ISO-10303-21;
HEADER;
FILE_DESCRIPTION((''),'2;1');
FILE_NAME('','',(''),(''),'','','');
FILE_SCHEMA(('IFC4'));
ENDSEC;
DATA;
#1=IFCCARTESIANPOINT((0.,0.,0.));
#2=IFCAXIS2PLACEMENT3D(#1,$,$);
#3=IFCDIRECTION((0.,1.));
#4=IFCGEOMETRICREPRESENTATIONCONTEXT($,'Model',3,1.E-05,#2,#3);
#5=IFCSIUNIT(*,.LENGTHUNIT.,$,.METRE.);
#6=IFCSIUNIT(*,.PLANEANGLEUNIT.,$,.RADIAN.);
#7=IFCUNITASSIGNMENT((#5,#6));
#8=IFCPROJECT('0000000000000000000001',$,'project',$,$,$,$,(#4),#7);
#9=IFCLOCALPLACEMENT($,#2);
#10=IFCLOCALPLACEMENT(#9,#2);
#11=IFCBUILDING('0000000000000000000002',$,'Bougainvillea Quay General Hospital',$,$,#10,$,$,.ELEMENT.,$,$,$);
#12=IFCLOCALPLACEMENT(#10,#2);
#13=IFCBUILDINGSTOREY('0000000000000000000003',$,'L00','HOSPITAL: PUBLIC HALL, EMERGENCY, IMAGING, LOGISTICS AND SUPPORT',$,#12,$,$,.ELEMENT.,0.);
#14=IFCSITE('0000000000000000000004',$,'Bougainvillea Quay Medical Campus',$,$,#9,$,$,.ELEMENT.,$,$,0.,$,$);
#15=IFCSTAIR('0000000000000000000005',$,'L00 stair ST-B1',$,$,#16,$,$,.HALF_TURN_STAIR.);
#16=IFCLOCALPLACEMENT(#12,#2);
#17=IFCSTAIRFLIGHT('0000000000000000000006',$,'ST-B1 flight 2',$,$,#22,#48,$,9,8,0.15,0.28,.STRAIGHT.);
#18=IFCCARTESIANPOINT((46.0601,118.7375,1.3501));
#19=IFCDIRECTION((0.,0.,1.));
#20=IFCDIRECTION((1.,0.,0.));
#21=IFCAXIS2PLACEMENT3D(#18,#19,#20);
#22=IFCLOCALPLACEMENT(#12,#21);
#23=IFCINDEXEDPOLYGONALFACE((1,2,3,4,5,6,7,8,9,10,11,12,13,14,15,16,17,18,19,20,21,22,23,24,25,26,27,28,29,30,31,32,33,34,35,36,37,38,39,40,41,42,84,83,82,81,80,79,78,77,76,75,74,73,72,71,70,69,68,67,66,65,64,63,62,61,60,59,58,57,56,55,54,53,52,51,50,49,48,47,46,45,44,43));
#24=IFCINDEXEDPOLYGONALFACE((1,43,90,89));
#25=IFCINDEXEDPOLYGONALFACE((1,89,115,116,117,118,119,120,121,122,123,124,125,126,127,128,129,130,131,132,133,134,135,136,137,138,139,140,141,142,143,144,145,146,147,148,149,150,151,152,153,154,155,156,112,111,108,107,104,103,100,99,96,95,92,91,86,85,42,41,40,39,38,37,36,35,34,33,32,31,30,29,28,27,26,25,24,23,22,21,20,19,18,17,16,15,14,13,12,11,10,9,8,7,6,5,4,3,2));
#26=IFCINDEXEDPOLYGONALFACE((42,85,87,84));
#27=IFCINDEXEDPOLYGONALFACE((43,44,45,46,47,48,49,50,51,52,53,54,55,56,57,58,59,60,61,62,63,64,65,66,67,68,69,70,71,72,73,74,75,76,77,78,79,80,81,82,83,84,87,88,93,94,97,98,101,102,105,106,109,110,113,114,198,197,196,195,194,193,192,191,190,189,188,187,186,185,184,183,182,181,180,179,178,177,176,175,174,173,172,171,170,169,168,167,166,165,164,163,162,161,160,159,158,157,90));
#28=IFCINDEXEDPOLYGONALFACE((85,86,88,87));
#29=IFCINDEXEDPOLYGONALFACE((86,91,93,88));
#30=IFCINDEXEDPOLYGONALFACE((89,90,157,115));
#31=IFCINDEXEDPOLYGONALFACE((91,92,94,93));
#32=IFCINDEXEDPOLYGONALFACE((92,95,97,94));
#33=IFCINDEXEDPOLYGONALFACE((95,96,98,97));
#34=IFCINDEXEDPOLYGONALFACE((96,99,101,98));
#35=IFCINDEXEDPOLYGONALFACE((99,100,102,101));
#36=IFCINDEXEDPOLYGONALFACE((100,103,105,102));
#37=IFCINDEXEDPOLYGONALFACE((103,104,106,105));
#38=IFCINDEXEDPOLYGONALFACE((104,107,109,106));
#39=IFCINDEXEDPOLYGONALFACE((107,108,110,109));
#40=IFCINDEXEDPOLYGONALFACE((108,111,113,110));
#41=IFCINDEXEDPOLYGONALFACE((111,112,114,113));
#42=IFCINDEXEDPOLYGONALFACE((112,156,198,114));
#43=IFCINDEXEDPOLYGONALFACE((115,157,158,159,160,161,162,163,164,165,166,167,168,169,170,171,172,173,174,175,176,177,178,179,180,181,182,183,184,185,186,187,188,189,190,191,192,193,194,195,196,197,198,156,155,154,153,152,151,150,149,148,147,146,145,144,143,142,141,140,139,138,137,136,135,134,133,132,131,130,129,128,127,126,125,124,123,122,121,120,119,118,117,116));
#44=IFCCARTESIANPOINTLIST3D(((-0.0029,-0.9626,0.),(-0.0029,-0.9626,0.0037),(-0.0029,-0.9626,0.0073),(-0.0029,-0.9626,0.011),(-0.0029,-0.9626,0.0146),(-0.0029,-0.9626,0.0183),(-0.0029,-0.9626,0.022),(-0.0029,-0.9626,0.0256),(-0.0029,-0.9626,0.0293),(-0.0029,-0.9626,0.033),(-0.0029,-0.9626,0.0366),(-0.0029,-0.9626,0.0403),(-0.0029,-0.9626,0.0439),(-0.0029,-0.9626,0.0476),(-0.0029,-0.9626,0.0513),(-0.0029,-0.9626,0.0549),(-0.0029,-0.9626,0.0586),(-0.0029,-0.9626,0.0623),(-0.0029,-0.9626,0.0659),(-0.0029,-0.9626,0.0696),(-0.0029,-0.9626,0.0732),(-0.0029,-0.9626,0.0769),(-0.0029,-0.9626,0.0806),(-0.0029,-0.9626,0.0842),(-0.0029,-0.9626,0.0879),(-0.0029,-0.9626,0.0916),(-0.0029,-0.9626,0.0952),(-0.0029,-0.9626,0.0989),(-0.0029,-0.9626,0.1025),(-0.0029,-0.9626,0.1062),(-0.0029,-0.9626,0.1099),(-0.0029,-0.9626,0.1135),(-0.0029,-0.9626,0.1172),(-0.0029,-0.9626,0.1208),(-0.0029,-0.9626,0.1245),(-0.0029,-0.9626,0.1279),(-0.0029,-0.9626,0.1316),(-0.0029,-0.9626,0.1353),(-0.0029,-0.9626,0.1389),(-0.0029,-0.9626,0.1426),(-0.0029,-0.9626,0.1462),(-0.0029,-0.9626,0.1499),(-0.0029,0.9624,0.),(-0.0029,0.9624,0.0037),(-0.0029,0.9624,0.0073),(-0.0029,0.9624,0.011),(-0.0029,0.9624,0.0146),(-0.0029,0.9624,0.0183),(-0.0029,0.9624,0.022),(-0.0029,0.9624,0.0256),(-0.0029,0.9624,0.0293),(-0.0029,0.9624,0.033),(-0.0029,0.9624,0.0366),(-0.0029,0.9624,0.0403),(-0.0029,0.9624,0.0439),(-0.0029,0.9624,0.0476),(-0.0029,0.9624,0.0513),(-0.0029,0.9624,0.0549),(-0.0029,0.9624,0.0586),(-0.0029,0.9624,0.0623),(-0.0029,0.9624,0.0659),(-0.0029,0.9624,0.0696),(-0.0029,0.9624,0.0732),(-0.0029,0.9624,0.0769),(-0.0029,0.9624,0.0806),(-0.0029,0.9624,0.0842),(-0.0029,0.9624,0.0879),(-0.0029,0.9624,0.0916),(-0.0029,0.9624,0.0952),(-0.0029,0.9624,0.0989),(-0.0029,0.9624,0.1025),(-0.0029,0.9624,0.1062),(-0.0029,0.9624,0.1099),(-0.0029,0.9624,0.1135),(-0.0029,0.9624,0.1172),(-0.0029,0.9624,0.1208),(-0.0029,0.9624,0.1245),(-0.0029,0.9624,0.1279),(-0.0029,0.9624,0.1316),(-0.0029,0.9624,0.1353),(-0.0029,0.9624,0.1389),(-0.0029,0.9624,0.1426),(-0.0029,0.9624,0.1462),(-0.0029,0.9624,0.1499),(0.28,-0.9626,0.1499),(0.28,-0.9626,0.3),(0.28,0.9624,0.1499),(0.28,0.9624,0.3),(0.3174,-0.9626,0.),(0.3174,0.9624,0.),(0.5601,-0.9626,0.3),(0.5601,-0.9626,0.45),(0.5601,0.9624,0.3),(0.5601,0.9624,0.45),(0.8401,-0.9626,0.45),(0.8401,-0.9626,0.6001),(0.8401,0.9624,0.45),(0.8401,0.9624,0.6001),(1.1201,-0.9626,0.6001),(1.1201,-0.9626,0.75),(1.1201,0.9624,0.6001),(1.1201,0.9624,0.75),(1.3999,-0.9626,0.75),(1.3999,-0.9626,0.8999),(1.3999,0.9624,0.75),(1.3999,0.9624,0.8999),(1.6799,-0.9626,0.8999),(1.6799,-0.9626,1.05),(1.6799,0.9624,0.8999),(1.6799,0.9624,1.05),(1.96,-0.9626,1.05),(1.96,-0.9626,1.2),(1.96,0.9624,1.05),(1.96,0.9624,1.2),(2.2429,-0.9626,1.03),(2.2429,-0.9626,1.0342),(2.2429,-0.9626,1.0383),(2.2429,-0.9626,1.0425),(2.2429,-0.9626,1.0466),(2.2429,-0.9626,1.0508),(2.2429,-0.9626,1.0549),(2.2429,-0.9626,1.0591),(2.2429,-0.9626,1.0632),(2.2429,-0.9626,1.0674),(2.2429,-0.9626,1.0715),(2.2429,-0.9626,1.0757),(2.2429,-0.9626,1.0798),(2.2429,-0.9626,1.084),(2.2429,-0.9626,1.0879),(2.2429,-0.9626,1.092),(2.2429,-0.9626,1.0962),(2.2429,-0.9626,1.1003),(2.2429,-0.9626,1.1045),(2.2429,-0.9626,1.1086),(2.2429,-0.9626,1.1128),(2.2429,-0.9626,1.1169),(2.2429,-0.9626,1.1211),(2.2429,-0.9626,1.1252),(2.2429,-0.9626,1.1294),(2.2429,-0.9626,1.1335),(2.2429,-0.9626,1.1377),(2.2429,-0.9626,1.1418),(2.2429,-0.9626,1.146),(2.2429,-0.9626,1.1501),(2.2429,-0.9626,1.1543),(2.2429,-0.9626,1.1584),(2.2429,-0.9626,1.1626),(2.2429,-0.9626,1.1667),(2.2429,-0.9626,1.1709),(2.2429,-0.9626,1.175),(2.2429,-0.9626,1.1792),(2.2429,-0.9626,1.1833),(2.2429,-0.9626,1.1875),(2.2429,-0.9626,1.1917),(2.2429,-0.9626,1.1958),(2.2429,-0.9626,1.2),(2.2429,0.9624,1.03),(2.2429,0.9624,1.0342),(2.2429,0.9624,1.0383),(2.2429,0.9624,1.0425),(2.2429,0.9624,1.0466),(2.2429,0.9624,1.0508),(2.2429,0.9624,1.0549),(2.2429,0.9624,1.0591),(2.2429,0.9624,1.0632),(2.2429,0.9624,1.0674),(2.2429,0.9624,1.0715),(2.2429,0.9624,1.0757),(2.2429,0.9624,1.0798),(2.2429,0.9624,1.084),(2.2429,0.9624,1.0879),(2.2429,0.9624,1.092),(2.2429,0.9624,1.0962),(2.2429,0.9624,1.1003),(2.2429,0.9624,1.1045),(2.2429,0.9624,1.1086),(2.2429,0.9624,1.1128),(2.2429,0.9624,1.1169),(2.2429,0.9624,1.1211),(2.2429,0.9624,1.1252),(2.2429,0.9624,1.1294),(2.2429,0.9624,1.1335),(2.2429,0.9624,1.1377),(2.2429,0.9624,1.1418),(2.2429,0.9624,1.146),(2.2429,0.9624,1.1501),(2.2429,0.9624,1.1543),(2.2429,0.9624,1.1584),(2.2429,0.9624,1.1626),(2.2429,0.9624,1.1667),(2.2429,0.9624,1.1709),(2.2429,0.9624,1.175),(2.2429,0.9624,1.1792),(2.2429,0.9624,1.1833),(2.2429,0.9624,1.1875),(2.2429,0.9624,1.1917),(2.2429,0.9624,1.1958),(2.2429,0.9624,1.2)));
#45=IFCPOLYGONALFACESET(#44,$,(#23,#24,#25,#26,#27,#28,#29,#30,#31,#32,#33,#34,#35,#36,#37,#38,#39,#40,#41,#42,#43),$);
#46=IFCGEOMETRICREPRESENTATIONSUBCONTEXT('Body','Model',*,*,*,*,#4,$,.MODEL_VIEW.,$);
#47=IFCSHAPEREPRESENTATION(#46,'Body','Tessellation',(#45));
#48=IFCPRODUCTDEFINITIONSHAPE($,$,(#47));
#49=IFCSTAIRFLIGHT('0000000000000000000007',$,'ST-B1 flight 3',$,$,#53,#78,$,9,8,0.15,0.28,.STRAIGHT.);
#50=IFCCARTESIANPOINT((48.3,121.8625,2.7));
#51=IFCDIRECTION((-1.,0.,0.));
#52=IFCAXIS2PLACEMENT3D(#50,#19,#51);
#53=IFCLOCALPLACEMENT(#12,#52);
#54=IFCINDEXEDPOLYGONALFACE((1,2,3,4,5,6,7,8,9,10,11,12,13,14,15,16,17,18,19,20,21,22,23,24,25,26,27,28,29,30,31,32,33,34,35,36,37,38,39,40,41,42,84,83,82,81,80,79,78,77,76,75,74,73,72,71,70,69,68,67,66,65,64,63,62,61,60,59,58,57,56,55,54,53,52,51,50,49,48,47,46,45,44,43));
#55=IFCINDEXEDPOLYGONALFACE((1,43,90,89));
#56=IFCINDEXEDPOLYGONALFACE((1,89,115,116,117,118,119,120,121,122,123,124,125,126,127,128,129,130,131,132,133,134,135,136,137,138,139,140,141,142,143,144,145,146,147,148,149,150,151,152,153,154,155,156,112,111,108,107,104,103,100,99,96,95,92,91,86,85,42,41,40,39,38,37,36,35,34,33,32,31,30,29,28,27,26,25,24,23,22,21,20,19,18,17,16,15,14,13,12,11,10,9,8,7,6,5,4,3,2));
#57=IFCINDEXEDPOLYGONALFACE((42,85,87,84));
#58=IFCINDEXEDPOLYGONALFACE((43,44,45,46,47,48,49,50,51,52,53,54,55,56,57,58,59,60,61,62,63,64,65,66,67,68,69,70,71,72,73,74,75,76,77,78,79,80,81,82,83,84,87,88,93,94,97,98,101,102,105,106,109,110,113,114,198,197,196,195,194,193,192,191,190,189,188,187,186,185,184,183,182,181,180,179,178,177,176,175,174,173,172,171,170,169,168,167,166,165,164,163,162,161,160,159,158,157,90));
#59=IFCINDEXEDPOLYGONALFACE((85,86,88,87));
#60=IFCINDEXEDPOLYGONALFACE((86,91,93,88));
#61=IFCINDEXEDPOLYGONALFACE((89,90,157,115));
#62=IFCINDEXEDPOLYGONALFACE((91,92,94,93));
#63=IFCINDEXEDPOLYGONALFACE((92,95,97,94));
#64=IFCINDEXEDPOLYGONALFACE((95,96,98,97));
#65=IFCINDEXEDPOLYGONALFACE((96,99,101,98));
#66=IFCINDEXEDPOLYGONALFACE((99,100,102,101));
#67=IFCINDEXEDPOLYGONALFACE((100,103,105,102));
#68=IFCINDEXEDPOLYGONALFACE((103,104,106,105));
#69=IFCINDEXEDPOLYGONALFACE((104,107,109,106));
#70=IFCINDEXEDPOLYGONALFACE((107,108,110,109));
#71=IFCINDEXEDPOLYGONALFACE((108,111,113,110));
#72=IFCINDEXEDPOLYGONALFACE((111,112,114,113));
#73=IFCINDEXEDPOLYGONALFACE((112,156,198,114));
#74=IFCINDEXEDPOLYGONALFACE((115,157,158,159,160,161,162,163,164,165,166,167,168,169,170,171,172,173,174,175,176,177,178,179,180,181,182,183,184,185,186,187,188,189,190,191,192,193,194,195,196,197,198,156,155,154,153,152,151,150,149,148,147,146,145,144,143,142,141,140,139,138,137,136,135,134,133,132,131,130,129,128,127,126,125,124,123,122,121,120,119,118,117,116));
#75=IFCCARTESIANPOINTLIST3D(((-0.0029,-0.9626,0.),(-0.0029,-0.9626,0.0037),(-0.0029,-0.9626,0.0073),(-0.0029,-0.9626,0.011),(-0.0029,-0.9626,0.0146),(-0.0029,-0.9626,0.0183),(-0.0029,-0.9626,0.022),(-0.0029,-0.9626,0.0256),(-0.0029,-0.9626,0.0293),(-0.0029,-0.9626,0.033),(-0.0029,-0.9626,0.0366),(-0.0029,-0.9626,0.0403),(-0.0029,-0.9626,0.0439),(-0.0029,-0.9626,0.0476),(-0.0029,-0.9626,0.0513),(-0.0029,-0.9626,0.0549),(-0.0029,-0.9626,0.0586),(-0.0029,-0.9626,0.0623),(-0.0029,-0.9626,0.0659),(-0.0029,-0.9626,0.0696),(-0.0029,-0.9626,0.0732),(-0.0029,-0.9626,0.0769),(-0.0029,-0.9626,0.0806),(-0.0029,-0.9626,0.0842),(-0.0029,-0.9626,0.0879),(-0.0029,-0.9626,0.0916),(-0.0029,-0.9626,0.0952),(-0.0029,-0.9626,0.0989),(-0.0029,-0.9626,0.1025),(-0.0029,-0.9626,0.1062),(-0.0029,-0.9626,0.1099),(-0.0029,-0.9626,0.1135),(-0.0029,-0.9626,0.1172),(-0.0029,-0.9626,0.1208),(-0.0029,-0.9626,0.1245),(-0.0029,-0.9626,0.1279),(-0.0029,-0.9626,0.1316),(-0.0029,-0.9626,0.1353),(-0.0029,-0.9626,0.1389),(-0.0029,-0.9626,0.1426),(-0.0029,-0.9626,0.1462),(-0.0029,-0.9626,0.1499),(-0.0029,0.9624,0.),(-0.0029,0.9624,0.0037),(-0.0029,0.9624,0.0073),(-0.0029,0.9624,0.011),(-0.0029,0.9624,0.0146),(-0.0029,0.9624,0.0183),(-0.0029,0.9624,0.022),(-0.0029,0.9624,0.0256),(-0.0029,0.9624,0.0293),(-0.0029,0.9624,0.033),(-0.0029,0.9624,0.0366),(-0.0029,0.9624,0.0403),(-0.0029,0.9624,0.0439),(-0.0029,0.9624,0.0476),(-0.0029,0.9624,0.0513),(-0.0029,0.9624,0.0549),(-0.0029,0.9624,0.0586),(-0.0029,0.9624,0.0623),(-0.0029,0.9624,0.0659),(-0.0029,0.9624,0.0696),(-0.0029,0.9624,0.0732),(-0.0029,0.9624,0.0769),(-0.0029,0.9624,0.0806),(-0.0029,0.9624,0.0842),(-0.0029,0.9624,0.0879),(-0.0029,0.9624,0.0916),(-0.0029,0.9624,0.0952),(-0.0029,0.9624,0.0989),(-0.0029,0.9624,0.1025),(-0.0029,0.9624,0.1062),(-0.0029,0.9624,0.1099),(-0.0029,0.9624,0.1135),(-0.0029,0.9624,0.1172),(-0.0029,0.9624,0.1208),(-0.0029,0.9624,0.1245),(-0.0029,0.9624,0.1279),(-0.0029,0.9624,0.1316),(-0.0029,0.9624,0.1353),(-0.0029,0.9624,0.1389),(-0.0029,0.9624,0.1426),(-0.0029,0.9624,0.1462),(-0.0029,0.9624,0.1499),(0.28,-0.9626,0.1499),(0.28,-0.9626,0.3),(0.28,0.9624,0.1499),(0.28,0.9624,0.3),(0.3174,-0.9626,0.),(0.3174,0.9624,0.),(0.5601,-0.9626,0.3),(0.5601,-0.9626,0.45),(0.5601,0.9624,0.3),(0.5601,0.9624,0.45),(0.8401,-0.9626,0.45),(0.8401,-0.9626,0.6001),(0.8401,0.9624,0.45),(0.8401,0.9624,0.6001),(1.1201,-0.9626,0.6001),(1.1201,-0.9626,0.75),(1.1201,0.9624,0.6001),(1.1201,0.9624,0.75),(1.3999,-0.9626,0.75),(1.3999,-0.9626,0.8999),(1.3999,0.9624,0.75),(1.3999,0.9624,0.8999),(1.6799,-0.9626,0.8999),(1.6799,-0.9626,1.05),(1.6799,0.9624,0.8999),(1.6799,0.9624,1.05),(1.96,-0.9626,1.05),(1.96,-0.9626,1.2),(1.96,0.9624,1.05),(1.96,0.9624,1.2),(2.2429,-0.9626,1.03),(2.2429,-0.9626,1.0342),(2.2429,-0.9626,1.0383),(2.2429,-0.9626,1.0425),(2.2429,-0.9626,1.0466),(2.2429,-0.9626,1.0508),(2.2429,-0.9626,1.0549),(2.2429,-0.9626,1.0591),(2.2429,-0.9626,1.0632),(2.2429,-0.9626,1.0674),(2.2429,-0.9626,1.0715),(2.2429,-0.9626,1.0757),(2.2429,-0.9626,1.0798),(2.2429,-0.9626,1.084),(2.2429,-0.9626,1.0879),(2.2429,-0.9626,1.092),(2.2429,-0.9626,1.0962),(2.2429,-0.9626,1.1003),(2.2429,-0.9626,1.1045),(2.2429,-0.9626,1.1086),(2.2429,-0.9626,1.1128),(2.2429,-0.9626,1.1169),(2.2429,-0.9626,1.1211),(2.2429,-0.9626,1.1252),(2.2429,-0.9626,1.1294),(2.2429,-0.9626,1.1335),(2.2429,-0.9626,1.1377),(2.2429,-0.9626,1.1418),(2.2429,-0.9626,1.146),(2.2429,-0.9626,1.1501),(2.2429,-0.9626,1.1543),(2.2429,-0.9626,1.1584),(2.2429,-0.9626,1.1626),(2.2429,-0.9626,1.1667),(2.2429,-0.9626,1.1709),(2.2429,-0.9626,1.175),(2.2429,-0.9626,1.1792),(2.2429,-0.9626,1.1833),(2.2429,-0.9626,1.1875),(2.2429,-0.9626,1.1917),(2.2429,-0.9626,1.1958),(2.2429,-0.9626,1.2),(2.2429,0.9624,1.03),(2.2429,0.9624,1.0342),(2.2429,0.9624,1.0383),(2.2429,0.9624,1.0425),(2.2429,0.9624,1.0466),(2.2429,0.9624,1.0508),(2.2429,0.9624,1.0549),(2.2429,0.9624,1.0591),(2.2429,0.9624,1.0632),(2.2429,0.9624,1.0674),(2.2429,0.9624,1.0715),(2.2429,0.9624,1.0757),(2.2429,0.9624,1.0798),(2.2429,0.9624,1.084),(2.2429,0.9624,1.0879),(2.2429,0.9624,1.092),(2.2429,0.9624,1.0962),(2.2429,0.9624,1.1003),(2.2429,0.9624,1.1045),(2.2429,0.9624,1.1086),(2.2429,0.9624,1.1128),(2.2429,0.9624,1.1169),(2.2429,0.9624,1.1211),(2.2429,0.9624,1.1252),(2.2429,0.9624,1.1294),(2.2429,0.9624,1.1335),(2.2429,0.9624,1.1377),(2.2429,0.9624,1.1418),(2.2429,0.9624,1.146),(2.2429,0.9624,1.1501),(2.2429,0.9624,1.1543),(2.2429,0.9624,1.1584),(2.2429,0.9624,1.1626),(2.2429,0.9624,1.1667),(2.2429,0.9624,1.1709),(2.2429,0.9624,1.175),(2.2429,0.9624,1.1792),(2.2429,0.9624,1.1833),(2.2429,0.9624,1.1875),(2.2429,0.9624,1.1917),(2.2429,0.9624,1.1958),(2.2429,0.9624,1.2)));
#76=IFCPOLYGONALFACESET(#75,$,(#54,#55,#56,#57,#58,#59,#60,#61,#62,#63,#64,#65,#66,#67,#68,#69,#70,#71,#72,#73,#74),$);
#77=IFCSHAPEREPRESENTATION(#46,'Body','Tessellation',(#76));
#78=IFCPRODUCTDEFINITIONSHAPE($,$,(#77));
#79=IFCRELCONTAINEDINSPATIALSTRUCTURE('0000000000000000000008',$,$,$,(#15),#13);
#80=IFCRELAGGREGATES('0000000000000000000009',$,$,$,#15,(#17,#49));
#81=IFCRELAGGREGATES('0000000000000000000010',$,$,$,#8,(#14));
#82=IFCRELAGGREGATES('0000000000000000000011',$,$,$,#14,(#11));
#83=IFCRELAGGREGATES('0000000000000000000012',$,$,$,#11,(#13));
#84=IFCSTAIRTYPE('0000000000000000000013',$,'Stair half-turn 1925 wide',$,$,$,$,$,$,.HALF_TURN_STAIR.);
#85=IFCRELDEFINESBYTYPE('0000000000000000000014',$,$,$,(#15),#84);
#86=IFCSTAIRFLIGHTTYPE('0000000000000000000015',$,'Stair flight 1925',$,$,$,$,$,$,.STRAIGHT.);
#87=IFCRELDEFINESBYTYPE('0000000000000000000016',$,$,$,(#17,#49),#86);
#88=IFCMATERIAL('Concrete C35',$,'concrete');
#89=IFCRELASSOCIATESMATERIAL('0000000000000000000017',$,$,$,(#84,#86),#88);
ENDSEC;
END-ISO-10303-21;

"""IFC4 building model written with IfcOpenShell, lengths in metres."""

from ifc_helpers import new_model, si_unit, direction, frame, origin, place, context, subcontext, project, spatial, polyline, outline, extrude, material, type_object, element, aggregate, save


model = new_model("IFC4")

# Units and contexts
model_context = context("Model", 3, precision=1e-05, world=origin(), true_north=direction((0.0, 1.0)))
body_context = subcontext(model_context, "Body", "Model", "MODEL_VIEW")
ifc_project = project(units=[si_unit("LENGTHUNIT", "METRE"), si_unit("PLANEANGLEUNIT", "RADIAN")], contexts=[model_context])

# Site, building, storey
site_placement = place(None, origin())
site = spatial("IfcSite", under=ifc_project, at=site_placement, Name="Bougainvillea Quay Medical Campus", CompositionType="ELEMENT", RefElevation=0.0)
building_placement = place(site_placement, origin())
building = spatial("IfcBuilding", under=site, at=building_placement, Name="Bougainvillea Quay General Hospital", CompositionType="ELEMENT")
storey_placement = place(building_placement, origin())
storey = spatial("IfcBuildingStorey", under=building, at=storey_placement, Name="L00", Description="HOSPITAL: PUBLIC HALL, EMERGENCY, IMAGING, LOGISTICS AND SUPPORT", CompositionType="ELEMENT", Elevation=0.0)

# Stair, stair flights
ifc_material_1 = material(Name="Concrete C35", Category="concrete")
stair_type = type_object("IfcStairType", Name="Stair half-turn 1925 wide", PredefinedType="HALF_TURN_STAIR", material=ifc_material_1)
stair_placement = place(storey_placement, origin())
stair = element("IfcStair", 1, at=stair_placement, inside=storey, type_object=stair_type, Name="L00 stair ST-B1", PredefinedType="HALF_TURN_STAIR")
stair_flight_type = type_object("IfcStairFlightType", Name="Stair flight 1925", PredefinedType="STRAIGHT", material=ifc_material_1)
stair_flight_1_placement = place(storey_placement, frame((46.0601, 118.7375, 1.3501), z_axis=(0.0, 0.0, 1.0), x_axis=(1.0, 0.0, 0.0)))
stair_flight_1 = element("IfcStairFlight", 2, at=stair_flight_1_placement, type_object=stair_flight_type, Name="ST-B1 flight 2", NumberOfRisers=9, NumberOfTreads=8, PredefinedType="STRAIGHT", RiserHeight=0.15, TreadLength=0.28, context=body_context, shape_type="SweptSolid", body=[
    extrude(outline(polyline([(-0.0029, 0.0), (-0.0029, 0.0037), (-0.0029, 0.0073), (-0.0029, 0.011), (-0.0029, 0.0146), (-0.0029, 0.0183), (-0.0029, 0.022), (-0.0029, 0.0256), (-0.0029, 0.0293), (-0.0029, 0.033), (-0.0029, 0.0366), (-0.0029, 0.0403), (-0.0029, 0.0439), (-0.0029, 0.0476), (-0.0029, 0.0513), (-0.0029, 0.0549), (-0.0029, 0.0586), (-0.0029, 0.0623), (-0.0029, 0.0659), (-0.0029, 0.0696), (-0.0029, 0.0732), (-0.0029, 0.0769), (-0.0029, 0.0806), (-0.0029, 0.0842), (-0.0029, 0.0879), (-0.0029, 0.0916), (-0.0029, 0.0952), (-0.0029, 0.0989), (-0.0029, 0.1025), (-0.0029, 0.1062), (-0.0029, 0.1099), (-0.0029, 0.1135), (-0.0029, 0.1172), (-0.0029, 0.1208), (-0.0029, 0.1245), (-0.0029, 0.1279), (-0.0029, 0.1316), (-0.0029, 0.1353), (-0.0029, 0.1389), (-0.0029, 0.1426), (-0.0029, 0.1462), (-0.0029, 0.1499), (0.28, 0.1499), (0.28, 0.3), (0.5601, 0.3), (0.5601, 0.45), (0.8401, 0.45), (0.8401, 0.6001), (1.1201, 0.6001), (1.1201, 0.75), (1.3999, 0.75), (1.3999, 0.8999), (1.6799, 0.8999), (1.6799, 1.05), (1.96, 1.05), (1.96, 1.2), (2.2429, 1.2), (2.2429, 1.1958), (2.2429, 1.1917), (2.2429, 1.1875), (2.2429, 1.1833), (2.2429, 1.1792), (2.2429, 1.175), (2.2429, 1.1709), (2.2429, 1.1667), (2.2429, 1.1626), (2.2429, 1.1584), (2.2429, 1.1543), (2.2429, 1.1501), (2.2429, 1.146), (2.2429, 1.1418), (2.2429, 1.1377), (2.2429, 1.1335), (2.2429, 1.1294), (2.2429, 1.1252), (2.2429, 1.1211), (2.2429, 1.1169), (2.2429, 1.1128), (2.2429, 1.1086), (2.2429, 1.1045), (2.2429, 1.1003), (2.2429, 1.0962), (2.2429, 1.092), (2.2429, 1.0879), (2.2429, 1.084), (2.2429, 1.0798), (2.2429, 1.0757), (2.2429, 1.0715), (2.2429, 1.0674), (2.2429, 1.0632), (2.2429, 1.0591), (2.2429, 1.0549), (2.2429, 1.0508), (2.2429, 1.0466), (2.2429, 1.0425), (2.2429, 1.0383), (2.2429, 1.0342), (2.2429, 1.03), (0.3174, 0.0), (-0.0029, 0.0)])), frame((0.0, 0.9624, 0.0), z_axis=(0.0, -1.0, 0.0), x_axis=(1.0, 0.0, 0.0)), (0.0, 0.0, 1.0), 1.925),
])
stair_flight_2_placement = place(storey_placement, frame((48.3, 121.8625, 2.7), z_axis=(0.0, 0.0, 1.0), x_axis=(-1.0, 0.0, 0.0)))
stair_flight_2 = element("IfcStairFlight", 3, at=stair_flight_2_placement, type_object=stair_flight_type, Name="ST-B1 flight 3", NumberOfRisers=9, NumberOfTreads=8, PredefinedType="STRAIGHT", RiserHeight=0.15, TreadLength=0.28, context=body_context, shape_type="SweptSolid", body=[
    extrude(outline(polyline([(-0.0029, 0.0), (-0.0029, 0.0037), (-0.0029, 0.0073), (-0.0029, 0.011), (-0.0029, 0.0146), (-0.0029, 0.0183), (-0.0029, 0.022), (-0.0029, 0.0256), (-0.0029, 0.0293), (-0.0029, 0.033), (-0.0029, 0.0366), (-0.0029, 0.0403), (-0.0029, 0.0439), (-0.0029, 0.0476), (-0.0029, 0.0513), (-0.0029, 0.0549), (-0.0029, 0.0586), (-0.0029, 0.0623), (-0.0029, 0.0659), (-0.0029, 0.0696), (-0.0029, 0.0732), (-0.0029, 0.0769), (-0.0029, 0.0806), (-0.0029, 0.0842), (-0.0029, 0.0879), (-0.0029, 0.0916), (-0.0029, 0.0952), (-0.0029, 0.0989), (-0.0029, 0.1025), (-0.0029, 0.1062), (-0.0029, 0.1099), (-0.0029, 0.1135), (-0.0029, 0.1172), (-0.0029, 0.1208), (-0.0029, 0.1245), (-0.0029, 0.1279), (-0.0029, 0.1316), (-0.0029, 0.1353), (-0.0029, 0.1389), (-0.0029, 0.1426), (-0.0029, 0.1462), (-0.0029, 0.1499), (0.28, 0.1499), (0.28, 0.3), (0.5601, 0.3), (0.5601, 0.45), (0.8401, 0.45), (0.8401, 0.6001), (1.1201, 0.6001), (1.1201, 0.75), (1.3999, 0.75), (1.3999, 0.8999), (1.6799, 0.8999), (1.6799, 1.05), (1.96, 1.05), (1.96, 1.2), (2.2429, 1.2), (2.2429, 1.1958), (2.2429, 1.1917), (2.2429, 1.1875), (2.2429, 1.1833), (2.2429, 1.1792), (2.2429, 1.175), (2.2429, 1.1709), (2.2429, 1.1667), (2.2429, 1.1626), (2.2429, 1.1584), (2.2429, 1.1543), (2.2429, 1.1501), (2.2429, 1.146), (2.2429, 1.1418), (2.2429, 1.1377), (2.2429, 1.1335), (2.2429, 1.1294), (2.2429, 1.1252), (2.2429, 1.1211), (2.2429, 1.1169), (2.2429, 1.1128), (2.2429, 1.1086), (2.2429, 1.1045), (2.2429, 1.1003), (2.2429, 1.0962), (2.2429, 1.092), (2.2429, 1.0879), (2.2429, 1.084), (2.2429, 1.0798), (2.2429, 1.0757), (2.2429, 1.0715), (2.2429, 1.0674), (2.2429, 1.0632), (2.2429, 1.0591), (2.2429, 1.0549), (2.2429, 1.0508), (2.2429, 1.0466), (2.2429, 1.0425), (2.2429, 1.0383), (2.2429, 1.0342), (2.2429, 1.03), (0.3174, 0.0), (-0.0029, 0.0)])), frame((0.0, 0.9624, 0.0), z_axis=(0.0, -1.0, 0.0), x_axis=(1.0, 0.0, 0.0)), (0.0, 0.0, 1.0), 1.925),
])
aggregate(stair, [stair_flight_1, stair_flight_2])

save(model, "model.ifc")
